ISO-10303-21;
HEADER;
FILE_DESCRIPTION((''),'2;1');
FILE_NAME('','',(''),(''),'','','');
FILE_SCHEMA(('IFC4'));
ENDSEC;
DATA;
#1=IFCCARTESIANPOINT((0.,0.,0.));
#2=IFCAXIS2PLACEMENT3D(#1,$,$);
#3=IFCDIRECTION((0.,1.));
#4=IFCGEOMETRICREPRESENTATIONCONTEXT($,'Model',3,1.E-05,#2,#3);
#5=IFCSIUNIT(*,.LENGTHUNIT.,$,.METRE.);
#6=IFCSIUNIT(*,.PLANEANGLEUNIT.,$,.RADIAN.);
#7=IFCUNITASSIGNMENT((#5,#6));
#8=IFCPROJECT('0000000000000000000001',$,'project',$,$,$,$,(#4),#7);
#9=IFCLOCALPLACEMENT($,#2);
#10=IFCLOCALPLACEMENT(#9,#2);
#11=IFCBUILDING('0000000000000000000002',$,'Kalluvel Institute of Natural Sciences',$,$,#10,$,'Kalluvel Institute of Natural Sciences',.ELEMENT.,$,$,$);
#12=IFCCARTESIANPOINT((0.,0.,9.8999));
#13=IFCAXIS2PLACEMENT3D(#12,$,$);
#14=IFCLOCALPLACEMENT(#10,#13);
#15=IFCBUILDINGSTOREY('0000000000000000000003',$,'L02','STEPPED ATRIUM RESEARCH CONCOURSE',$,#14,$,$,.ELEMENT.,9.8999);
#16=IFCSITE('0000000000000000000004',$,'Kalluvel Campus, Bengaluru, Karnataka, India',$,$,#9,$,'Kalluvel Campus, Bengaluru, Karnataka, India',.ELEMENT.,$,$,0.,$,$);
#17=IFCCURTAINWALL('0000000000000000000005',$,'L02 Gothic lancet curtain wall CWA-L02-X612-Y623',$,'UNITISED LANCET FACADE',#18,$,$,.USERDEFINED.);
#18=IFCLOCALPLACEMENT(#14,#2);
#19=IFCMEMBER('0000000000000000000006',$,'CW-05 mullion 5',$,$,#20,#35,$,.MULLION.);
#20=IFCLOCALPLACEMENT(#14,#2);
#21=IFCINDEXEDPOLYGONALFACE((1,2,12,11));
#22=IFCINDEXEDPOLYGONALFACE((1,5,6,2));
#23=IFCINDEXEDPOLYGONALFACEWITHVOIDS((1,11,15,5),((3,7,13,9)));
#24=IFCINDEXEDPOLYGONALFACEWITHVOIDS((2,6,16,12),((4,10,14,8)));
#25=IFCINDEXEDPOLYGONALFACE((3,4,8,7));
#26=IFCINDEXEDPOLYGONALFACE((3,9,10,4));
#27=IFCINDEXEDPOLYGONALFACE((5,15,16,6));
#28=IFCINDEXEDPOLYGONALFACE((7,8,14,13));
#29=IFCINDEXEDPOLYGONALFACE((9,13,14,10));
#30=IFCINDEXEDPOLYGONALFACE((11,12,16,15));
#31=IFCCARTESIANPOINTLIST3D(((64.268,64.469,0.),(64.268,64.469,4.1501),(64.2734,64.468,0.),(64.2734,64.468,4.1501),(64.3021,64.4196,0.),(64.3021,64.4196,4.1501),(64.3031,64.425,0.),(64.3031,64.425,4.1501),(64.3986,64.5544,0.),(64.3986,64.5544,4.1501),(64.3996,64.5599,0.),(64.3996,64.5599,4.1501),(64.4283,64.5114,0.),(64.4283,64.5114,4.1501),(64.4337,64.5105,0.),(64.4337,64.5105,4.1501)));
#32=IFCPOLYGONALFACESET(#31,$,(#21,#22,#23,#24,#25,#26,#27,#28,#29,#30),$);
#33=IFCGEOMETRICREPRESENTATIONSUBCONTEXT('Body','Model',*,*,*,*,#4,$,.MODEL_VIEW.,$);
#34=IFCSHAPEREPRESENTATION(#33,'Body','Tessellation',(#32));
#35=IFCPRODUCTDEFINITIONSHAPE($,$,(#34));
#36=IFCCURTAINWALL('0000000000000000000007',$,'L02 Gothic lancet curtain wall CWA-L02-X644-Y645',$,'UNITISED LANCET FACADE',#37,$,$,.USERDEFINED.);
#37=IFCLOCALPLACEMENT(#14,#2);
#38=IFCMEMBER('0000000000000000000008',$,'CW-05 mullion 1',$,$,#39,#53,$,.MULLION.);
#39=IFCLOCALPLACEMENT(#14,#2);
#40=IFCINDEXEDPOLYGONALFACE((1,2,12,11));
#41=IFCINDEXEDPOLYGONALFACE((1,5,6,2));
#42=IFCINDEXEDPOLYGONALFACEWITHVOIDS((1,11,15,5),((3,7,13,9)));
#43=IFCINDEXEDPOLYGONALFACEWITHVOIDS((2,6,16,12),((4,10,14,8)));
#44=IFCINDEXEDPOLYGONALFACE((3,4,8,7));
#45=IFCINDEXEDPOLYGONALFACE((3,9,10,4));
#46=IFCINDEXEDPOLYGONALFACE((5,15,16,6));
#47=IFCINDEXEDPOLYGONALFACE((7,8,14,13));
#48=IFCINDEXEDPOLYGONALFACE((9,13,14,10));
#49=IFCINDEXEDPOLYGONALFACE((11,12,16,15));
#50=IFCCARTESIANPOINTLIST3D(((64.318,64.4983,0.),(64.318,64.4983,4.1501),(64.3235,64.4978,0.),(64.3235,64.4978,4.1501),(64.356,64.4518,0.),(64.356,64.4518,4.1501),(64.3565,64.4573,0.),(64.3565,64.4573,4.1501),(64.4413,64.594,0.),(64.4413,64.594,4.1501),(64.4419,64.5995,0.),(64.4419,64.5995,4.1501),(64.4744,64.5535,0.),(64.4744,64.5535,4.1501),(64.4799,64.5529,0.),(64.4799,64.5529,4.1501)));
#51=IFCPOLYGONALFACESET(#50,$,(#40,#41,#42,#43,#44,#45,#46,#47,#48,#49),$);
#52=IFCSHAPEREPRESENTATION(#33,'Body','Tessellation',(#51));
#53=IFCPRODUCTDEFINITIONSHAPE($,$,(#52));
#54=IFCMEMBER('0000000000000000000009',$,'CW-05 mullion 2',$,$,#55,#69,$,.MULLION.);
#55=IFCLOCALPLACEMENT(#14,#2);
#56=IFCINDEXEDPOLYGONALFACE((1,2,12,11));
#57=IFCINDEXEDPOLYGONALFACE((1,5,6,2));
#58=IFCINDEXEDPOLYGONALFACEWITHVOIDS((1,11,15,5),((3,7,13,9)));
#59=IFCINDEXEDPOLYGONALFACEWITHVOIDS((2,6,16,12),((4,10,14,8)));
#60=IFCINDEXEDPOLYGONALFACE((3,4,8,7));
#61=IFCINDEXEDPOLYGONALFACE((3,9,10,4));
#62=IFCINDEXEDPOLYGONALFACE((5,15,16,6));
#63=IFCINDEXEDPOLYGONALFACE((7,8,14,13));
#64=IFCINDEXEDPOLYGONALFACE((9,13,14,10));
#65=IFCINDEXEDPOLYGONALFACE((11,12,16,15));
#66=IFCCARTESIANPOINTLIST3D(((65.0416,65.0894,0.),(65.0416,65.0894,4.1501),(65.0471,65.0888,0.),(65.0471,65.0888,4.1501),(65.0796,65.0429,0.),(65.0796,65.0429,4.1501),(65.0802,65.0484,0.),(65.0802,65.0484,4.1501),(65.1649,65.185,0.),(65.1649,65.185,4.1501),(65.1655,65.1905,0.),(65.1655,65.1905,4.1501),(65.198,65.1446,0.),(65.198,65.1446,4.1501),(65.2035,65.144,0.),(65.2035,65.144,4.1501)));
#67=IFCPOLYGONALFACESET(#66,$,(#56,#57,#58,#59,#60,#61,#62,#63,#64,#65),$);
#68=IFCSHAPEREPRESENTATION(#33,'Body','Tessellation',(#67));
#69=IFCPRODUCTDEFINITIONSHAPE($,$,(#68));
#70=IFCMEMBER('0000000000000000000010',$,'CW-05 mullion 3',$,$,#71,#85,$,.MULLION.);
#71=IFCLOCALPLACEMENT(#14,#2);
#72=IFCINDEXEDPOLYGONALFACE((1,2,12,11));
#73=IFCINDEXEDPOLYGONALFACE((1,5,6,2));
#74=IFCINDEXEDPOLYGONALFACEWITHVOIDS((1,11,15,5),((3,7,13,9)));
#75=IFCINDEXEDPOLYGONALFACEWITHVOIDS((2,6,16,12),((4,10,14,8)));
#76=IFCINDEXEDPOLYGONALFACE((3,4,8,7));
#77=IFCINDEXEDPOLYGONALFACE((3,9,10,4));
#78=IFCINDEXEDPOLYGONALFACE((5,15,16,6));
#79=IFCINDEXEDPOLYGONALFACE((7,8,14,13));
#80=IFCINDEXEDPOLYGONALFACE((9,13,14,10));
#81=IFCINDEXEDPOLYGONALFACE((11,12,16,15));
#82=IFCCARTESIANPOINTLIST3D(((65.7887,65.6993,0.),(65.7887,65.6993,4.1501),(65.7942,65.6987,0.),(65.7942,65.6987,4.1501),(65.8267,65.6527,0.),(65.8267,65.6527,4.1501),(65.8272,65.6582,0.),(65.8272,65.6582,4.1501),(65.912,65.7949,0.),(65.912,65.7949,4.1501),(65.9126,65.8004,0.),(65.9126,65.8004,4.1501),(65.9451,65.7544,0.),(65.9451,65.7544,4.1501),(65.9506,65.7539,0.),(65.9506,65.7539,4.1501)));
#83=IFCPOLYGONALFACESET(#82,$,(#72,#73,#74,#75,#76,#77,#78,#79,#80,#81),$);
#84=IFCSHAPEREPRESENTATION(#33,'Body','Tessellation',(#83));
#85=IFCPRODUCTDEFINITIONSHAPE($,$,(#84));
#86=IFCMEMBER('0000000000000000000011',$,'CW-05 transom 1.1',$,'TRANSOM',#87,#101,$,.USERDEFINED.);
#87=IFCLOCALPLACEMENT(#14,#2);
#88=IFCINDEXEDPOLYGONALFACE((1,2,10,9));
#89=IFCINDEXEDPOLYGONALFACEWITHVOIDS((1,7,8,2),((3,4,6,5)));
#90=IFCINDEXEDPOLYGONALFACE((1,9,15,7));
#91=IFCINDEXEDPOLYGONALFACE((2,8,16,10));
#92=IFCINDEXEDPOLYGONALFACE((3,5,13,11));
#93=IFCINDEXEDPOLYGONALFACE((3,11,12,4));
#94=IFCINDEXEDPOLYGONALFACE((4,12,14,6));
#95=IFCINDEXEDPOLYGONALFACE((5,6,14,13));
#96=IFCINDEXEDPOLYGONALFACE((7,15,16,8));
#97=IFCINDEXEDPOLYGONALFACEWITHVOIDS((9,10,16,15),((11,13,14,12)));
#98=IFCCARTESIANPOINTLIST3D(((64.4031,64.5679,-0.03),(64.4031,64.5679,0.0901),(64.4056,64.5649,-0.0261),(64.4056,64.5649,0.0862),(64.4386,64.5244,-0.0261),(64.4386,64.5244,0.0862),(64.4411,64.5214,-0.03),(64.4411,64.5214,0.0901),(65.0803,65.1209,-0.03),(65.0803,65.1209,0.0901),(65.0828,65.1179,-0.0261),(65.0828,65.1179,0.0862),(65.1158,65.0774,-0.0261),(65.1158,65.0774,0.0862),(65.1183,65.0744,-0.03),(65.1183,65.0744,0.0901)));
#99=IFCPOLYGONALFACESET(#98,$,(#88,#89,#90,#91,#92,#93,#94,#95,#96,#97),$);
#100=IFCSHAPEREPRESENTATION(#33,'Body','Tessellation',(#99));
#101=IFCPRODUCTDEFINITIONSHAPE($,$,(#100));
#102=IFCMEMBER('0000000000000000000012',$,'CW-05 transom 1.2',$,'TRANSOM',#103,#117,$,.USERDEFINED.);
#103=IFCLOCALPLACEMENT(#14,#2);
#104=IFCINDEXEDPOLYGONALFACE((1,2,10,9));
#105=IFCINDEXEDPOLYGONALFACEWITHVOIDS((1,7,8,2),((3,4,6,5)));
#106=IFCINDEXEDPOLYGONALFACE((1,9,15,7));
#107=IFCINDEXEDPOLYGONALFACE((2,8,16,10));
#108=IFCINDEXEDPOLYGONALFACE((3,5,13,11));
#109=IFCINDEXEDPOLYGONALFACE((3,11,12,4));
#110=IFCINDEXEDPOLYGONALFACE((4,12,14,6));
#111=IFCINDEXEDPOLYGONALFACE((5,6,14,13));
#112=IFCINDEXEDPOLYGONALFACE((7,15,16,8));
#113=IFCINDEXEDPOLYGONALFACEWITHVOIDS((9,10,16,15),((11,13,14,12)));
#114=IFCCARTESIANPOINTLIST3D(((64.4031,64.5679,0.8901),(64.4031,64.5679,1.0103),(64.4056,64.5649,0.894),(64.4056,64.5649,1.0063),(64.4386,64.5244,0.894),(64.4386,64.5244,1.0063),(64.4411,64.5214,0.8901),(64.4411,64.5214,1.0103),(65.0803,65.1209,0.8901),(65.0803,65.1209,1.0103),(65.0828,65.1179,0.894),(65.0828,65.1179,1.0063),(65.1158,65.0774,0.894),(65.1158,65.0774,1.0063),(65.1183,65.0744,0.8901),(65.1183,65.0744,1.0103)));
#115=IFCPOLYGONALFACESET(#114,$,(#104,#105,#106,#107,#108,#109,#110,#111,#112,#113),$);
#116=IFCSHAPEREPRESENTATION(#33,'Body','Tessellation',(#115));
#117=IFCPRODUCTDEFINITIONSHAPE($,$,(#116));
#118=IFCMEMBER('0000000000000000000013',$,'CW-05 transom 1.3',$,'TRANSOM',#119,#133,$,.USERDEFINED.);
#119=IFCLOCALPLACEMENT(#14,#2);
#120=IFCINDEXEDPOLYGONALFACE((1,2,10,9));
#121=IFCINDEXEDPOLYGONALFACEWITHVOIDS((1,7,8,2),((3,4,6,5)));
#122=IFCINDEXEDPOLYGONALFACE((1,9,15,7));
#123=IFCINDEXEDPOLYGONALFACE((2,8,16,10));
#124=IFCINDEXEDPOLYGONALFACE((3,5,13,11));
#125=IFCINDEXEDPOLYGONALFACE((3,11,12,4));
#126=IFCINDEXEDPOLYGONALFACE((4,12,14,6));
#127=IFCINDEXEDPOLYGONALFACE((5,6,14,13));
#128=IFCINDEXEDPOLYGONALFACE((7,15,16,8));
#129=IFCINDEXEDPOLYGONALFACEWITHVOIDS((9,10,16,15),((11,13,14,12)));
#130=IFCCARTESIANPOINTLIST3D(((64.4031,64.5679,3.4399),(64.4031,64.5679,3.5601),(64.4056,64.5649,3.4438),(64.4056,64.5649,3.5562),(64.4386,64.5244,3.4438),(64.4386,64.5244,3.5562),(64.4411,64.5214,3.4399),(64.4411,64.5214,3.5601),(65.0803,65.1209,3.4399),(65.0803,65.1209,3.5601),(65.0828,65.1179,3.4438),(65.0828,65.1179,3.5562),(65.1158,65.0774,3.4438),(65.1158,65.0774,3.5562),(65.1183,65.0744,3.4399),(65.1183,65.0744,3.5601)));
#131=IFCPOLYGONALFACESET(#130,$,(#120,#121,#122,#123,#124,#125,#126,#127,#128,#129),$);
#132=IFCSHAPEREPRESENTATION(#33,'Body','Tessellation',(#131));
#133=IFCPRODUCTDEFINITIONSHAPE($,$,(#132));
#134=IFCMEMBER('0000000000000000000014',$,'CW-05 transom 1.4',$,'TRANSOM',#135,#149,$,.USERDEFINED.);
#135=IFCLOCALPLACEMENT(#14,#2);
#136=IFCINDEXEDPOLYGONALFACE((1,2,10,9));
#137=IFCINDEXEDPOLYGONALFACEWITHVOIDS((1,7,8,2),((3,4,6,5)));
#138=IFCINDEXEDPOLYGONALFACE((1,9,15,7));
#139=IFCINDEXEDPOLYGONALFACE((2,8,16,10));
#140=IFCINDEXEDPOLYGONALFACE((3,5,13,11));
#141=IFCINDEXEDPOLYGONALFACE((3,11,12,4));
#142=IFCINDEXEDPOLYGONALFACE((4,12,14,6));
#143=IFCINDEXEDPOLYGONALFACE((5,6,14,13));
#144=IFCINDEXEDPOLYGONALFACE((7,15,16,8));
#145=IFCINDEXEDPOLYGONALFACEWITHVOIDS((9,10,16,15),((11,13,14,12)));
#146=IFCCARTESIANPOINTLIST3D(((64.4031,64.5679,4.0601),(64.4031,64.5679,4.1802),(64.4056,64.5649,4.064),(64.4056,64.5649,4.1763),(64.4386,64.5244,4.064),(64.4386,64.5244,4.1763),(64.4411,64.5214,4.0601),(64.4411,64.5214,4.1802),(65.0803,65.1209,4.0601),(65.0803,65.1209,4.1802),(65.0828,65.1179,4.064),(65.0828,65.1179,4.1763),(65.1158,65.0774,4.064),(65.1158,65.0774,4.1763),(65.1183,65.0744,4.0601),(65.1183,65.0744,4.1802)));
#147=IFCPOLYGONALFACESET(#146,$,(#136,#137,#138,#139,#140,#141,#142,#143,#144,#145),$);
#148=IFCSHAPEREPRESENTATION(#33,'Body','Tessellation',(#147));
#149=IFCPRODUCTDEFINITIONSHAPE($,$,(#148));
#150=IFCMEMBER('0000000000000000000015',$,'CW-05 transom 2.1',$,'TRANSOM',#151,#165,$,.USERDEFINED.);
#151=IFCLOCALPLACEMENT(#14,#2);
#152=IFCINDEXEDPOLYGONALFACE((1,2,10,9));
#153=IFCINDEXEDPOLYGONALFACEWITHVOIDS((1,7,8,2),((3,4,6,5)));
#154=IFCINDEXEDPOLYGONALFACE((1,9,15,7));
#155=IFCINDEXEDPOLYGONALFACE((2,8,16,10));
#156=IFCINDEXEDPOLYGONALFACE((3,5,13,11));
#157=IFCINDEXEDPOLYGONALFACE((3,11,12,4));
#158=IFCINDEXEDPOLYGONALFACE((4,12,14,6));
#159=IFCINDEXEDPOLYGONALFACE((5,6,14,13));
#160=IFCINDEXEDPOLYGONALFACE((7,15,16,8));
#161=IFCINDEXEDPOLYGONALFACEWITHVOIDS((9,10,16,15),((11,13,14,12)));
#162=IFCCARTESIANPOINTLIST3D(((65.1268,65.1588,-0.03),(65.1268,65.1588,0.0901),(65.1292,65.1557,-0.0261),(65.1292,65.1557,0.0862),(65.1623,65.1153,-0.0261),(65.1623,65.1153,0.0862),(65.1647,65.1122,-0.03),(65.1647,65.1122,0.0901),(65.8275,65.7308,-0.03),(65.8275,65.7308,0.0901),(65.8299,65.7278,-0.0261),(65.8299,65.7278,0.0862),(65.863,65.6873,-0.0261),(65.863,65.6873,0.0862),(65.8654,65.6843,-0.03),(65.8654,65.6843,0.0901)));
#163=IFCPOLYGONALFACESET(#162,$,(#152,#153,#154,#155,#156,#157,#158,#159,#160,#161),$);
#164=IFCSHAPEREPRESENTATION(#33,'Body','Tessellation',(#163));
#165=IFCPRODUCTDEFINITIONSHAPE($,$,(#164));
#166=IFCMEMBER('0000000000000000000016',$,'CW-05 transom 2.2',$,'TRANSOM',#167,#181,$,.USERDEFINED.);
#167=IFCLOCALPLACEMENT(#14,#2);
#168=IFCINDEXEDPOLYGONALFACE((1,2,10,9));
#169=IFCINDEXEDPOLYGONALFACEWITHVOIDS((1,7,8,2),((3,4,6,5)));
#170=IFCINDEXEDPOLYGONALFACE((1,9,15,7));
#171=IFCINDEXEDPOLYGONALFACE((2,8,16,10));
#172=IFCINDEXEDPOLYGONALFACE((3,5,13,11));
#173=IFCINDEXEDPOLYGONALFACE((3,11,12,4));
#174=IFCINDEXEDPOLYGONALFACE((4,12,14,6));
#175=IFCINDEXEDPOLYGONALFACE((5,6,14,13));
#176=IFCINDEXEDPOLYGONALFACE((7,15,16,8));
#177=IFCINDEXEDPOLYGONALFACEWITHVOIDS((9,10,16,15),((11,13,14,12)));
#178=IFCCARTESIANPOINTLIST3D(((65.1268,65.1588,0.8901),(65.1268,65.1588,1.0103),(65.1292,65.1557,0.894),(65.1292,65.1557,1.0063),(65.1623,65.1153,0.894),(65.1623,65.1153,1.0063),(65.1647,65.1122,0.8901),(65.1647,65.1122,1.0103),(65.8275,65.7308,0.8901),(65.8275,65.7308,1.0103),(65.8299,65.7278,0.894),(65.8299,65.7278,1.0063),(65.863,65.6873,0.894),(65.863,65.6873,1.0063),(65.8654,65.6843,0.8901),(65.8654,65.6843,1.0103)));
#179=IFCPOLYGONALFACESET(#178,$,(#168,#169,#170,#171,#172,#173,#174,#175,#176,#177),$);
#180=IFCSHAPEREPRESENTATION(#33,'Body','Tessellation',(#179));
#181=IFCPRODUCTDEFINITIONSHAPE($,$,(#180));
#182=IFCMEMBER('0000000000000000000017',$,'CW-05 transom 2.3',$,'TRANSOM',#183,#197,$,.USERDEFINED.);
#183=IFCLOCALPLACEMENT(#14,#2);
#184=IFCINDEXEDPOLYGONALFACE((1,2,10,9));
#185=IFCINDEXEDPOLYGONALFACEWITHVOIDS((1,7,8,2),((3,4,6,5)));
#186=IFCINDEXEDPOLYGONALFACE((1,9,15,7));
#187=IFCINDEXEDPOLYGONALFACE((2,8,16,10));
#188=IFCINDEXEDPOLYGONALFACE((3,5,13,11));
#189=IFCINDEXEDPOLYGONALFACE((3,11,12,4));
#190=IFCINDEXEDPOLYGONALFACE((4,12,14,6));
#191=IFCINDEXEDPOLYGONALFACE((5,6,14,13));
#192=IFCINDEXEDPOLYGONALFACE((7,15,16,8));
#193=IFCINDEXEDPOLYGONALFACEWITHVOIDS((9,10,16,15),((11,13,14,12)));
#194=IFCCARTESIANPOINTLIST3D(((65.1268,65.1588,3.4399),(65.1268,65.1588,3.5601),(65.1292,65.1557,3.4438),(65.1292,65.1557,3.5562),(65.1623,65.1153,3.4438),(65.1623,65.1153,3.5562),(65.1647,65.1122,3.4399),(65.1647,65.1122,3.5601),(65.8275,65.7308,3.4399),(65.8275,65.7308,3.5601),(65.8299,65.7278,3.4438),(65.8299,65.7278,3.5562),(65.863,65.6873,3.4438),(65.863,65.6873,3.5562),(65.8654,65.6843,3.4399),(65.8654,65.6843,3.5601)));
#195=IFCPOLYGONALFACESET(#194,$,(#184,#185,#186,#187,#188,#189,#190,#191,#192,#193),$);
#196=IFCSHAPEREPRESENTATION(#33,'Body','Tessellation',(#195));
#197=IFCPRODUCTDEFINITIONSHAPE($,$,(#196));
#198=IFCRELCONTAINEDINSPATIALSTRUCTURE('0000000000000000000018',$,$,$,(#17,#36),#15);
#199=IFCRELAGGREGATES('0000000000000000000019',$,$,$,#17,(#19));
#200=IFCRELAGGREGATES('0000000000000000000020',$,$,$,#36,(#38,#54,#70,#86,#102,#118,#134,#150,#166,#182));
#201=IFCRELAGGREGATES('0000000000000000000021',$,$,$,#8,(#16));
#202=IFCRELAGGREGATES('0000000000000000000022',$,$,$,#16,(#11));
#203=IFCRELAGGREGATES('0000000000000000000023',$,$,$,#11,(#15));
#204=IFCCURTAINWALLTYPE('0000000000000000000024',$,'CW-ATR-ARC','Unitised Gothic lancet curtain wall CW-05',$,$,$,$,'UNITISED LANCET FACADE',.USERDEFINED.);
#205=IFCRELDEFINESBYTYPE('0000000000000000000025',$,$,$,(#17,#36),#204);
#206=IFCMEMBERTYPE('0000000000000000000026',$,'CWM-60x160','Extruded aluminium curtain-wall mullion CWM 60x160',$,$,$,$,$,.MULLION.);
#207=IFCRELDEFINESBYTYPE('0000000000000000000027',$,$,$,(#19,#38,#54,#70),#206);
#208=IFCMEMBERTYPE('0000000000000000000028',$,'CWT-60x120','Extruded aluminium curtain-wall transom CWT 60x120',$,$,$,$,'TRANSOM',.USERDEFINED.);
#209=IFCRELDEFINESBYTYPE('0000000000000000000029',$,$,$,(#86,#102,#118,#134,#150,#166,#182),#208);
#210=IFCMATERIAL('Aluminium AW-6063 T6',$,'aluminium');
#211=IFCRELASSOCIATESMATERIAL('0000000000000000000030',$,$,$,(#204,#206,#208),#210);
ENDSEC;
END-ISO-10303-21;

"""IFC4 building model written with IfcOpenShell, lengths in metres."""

from ifc_helpers import new_model, si_unit, direction, frame, origin, origin_2d, place, context, subcontext, project, spatial, hollow_rectangle, extrude, material, material_profile, profile_set, type_object, element, aggregate, save


model = new_model("IFC4")

# Units and contexts
model_context = context("Model", 3, precision=1e-05, world=origin(), true_north=direction((0.0, 1.0)))
body_context = subcontext(model_context, "Body", "Model", "MODEL_VIEW")
ifc_project = project(units=[si_unit("LENGTHUNIT", "METRE"), si_unit("PLANEANGLEUNIT", "RADIAN")], contexts=[model_context])

# Site, building, storey
site_placement = place(None, origin())
site = spatial("IfcSite", under=ifc_project, at=site_placement, Name="Kalluvel Campus, Bengaluru, Karnataka, India", LongName="Kalluvel Campus, Bengaluru, Karnataka, India", CompositionType="ELEMENT", RefElevation=0.0)
building_placement = place(site_placement, origin())
building = spatial("IfcBuilding", under=site, at=building_placement, Name="Kalluvel Institute of Natural Sciences", LongName="Kalluvel Institute of Natural Sciences", CompositionType="ELEMENT")
storey_placement = place(building_placement, frame((0.0, 0.0, 9.8999)))
storey = spatial("IfcBuildingStorey", under=building, at=storey_placement, Name="L02", Description="STEPPED ATRIUM RESEARCH CONCOURSE", CompositionType="ELEMENT", Elevation=9.8999)

# Curtain wall, member
ifc_material_1 = material(Name="Aluminium AW-6063 T6", Category="aluminium")
curtain_wall_type = type_object("IfcCurtainWallType", Name="CW-ATR-ARC", Description="Unitised Gothic lancet curtain wall CW-05", ElementType="UNITISED LANCET FACADE", PredefinedType="USERDEFINED", material=ifc_material_1)
curtain_wall_1_placement = place(storey_placement, origin())
curtain_wall_1 = element("IfcCurtainWall", 1, at=curtain_wall_1_placement, inside=storey, type_object=curtain_wall_type, Name="L02 Gothic lancet curtain wall CWA-L02-X612-Y623", ObjectType="UNITISED LANCET FACADE", PredefinedType="USERDEFINED")
ifc_material_profile_1 = material_profile(ifc_material_1, hollow_rectangle(XDim=0.0601, YDim=0.1599, WallThickness=0.0039, at=origin_2d()), Name="CWM 60x160")
ifc_profile_set_1 = profile_set([ifc_material_profile_1], Name="Aluminium AW-6063 T6")
member_type_1 = type_object("IfcMemberType", Name="CWM-60x160", Description="Extruded aluminium curtain-wall mullion CWM 60x160", PredefinedType="MULLION", material=ifc_profile_set_1)
member_1_placement = place(storey_placement, frame((64.3508, 64.4897, 0.0), z_axis=(0.0, 0.0, 1.0), x_axis=(-0.568058, 0.822988, 0.0)))
member_1 = element("IfcMember", 2, at=member_1_placement, type_object=member_type_1, Name="CW-05 mullion 5", PredefinedType="MULLION", context=body_context, shape_type="SweptSolid", body=[
    extrude(hollow_rectangle(XDim=0.0601, YDim=0.1599, WallThickness=0.0039, at=origin_2d()), origin(), (0.0, 0.0, 1.0), 4.1501),
])

# Curtain wall, members
curtain_wall_2_placement = place(storey_placement, origin())
curtain_wall_2 = element("IfcCurtainWall", 3, at=curtain_wall_2_placement, inside=storey, type_object=curtain_wall_type, Name="L02 Gothic lancet curtain wall CWA-L02-X644-Y645", ObjectType="UNITISED LANCET FACADE", PredefinedType="USERDEFINED")
member_2_placement = place(storey_placement, frame((64.3989, 64.5256, 0.0), z_axis=(0.0, 0.0, 1.0), x_axis=(-0.632441, 0.774608, 0.0)))
member_2 = element("IfcMember", 4, at=member_2_placement, type_object=member_type_1, Name="CW-05 mullion 1", PredefinedType="MULLION", context=body_context, shape_type="SweptSolid", body=[
    extrude(hollow_rectangle(XDim=0.0601, YDim=0.1599, WallThickness=0.0039, at=origin_2d()), origin(), (0.0, 0.0, 1.0), 4.1501),
])
member_3_placement = place(storey_placement, frame((65.1226, 65.1167, 0.0), z_axis=(0.0, 0.0, 1.0), x_axis=(-0.632441, 0.774608, 0.0)))
member_3 = element("IfcMember", 5, at=member_3_placement, type_object=member_type_1, Name="CW-05 mullion 2", PredefinedType="MULLION", context=body_context, shape_type="SweptSolid", body=[
    extrude(hollow_rectangle(XDim=0.0601, YDim=0.1599, WallThickness=0.0039, at=origin_2d()), origin(), (0.0, 0.0, 1.0), 4.1501),
])
member_4_placement = place(storey_placement, frame((65.8696, 65.7266, 0.0), z_axis=(0.0, 0.0, 1.0), x_axis=(-0.632441, 0.774608, 0.0)))
member_4 = element("IfcMember", 6, at=member_4_placement, type_object=member_type_1, Name="CW-05 mullion 3", PredefinedType="MULLION", context=body_context, shape_type="SweptSolid", body=[
    extrude(hollow_rectangle(XDim=0.0601, YDim=0.1599, WallThickness=0.0039, at=origin_2d()), origin(), (0.0, 0.0, 1.0), 4.1501),
])
ifc_material_profile_2 = material_profile(ifc_material_1, hollow_rectangle(XDim=0.0601, YDim=0.1201, WallThickness=0.0039, at=origin_2d()), Name="CWT 60x120")
ifc_profile_set_2 = profile_set([ifc_material_profile_2], Name="Aluminium AW-6063 T6")
member_type_2 = type_object("IfcMemberType", Name="CWT-60x120", Description="Extruded aluminium curtain-wall transom CWT 60x120", ElementType="TRANSOM", PredefinedType="USERDEFINED", material=ifc_profile_set_2)
member_5_placement = place(storey_placement, frame((64.4221, 64.5447, 0.03), z_axis=(0.774591, 0.632462, 0.0), x_axis=(-0.632462, 0.774591, 0.0)))
member_5 = element("IfcMember", 7, at=member_5_placement, type_object=member_type_2, Name="CW-05 transom 1.1", ObjectType="TRANSOM", PredefinedType="USERDEFINED", context=body_context, shape_type="SweptSolid", body=[
    extrude(hollow_rectangle(XDim=0.0601, YDim=0.1201, WallThickness=0.0039, at=origin_2d()), origin(), (0.0, 0.0, 1.0), 0.8743),
])
member_6_placement = place(storey_placement, frame((64.4221, 64.5447, 0.9502), z_axis=(0.774591, 0.632462, 0.0), x_axis=(-0.632462, 0.774591, 0.0)))
member_6 = element("IfcMember", 8, at=member_6_placement, type_object=member_type_2, Name="CW-05 transom 1.2", ObjectType="TRANSOM", PredefinedType="USERDEFINED", context=body_context, shape_type="SweptSolid", body=[
    extrude(hollow_rectangle(XDim=0.0601, YDim=0.1201, WallThickness=0.0039, at=origin_2d()), origin(), (0.0, 0.0, 1.0), 0.8743),
])
member_7_placement = place(storey_placement, frame((64.4221, 64.5447, 3.5), z_axis=(0.774591, 0.632462, 0.0), x_axis=(-0.632462, 0.774591, 0.0)))
member_7 = element("IfcMember", 9, at=member_7_placement, type_object=member_type_2, Name="CW-05 transom 1.3", ObjectType="TRANSOM", PredefinedType="USERDEFINED", context=body_context, shape_type="SweptSolid", body=[
    extrude(hollow_rectangle(XDim=0.0601, YDim=0.1201, WallThickness=0.0039, at=origin_2d()), origin(), (0.0, 0.0, 1.0), 0.8743),
])
member_8_placement = place(storey_placement, frame((64.4221, 64.5447, 4.1201), z_axis=(0.774591, 0.632462, 0.0), x_axis=(-0.632462, 0.774591, 0.0)))
member_8 = element("IfcMember", 10, at=member_8_placement, type_object=member_type_2, Name="CW-05 transom 1.4", ObjectType="TRANSOM", PredefinedType="USERDEFINED", context=body_context, shape_type="SweptSolid", body=[
    extrude(hollow_rectangle(XDim=0.0601, YDim=0.1201, WallThickness=0.0039, at=origin_2d()), origin(), (0.0, 0.0, 1.0), 0.8743),
])
member_9_placement = place(storey_placement, frame((65.1458, 65.1355, 0.03), z_axis=(0.774642, 0.6324, 0.0), x_axis=(-0.6324, 0.774642, 0.0)))
member_9 = element("IfcMember", 11, at=member_9_placement, type_object=member_type_2, Name="CW-05 transom 2.1", ObjectType="TRANSOM", PredefinedType="USERDEFINED", context=body_context, shape_type="SweptSolid", body=[
    extrude(hollow_rectangle(XDim=0.0601, YDim=0.1201, WallThickness=0.0039, at=origin_2d()), origin(), (0.0, 0.0, 1.0), 0.9045),
])
member_10_placement = place(storey_placement, frame((65.1458, 65.1355, 0.9502), z_axis=(0.774642, 0.6324, 0.0), x_axis=(-0.6324, 0.774642, 0.0)))
member_10 = element("IfcMember", 12, at=member_10_placement, type_object=member_type_2, Name="CW-05 transom 2.2", ObjectType="TRANSOM", PredefinedType="USERDEFINED", context=body_context, shape_type="SweptSolid", body=[
    extrude(hollow_rectangle(XDim=0.0601, YDim=0.1201, WallThickness=0.0039, at=origin_2d()), origin(), (0.0, 0.0, 1.0), 0.9045),
])
member_11_placement = place(storey_placement, frame((65.1458, 65.1355, 3.5), z_axis=(0.774642, 0.6324, 0.0), x_axis=(-0.6324, 0.774642, 0.0)))
member_11 = element("IfcMember", 13, at=member_11_placement, type_object=member_type_2, Name="CW-05 transom 2.3", ObjectType="TRANSOM", PredefinedType="USERDEFINED", context=body_context, shape_type="SweptSolid", body=[
    extrude(hollow_rectangle(XDim=0.0601, YDim=0.1201, WallThickness=0.0039, at=origin_2d()), origin(), (0.0, 0.0, 1.0), 0.9045),
])

aggregate(curtain_wall_1, [member_1])
aggregate(curtain_wall_2, [member_2, member_3, member_4, member_5, member_6, member_7, member_8, member_9, member_10, member_11])

save(model, "model.ifc")
